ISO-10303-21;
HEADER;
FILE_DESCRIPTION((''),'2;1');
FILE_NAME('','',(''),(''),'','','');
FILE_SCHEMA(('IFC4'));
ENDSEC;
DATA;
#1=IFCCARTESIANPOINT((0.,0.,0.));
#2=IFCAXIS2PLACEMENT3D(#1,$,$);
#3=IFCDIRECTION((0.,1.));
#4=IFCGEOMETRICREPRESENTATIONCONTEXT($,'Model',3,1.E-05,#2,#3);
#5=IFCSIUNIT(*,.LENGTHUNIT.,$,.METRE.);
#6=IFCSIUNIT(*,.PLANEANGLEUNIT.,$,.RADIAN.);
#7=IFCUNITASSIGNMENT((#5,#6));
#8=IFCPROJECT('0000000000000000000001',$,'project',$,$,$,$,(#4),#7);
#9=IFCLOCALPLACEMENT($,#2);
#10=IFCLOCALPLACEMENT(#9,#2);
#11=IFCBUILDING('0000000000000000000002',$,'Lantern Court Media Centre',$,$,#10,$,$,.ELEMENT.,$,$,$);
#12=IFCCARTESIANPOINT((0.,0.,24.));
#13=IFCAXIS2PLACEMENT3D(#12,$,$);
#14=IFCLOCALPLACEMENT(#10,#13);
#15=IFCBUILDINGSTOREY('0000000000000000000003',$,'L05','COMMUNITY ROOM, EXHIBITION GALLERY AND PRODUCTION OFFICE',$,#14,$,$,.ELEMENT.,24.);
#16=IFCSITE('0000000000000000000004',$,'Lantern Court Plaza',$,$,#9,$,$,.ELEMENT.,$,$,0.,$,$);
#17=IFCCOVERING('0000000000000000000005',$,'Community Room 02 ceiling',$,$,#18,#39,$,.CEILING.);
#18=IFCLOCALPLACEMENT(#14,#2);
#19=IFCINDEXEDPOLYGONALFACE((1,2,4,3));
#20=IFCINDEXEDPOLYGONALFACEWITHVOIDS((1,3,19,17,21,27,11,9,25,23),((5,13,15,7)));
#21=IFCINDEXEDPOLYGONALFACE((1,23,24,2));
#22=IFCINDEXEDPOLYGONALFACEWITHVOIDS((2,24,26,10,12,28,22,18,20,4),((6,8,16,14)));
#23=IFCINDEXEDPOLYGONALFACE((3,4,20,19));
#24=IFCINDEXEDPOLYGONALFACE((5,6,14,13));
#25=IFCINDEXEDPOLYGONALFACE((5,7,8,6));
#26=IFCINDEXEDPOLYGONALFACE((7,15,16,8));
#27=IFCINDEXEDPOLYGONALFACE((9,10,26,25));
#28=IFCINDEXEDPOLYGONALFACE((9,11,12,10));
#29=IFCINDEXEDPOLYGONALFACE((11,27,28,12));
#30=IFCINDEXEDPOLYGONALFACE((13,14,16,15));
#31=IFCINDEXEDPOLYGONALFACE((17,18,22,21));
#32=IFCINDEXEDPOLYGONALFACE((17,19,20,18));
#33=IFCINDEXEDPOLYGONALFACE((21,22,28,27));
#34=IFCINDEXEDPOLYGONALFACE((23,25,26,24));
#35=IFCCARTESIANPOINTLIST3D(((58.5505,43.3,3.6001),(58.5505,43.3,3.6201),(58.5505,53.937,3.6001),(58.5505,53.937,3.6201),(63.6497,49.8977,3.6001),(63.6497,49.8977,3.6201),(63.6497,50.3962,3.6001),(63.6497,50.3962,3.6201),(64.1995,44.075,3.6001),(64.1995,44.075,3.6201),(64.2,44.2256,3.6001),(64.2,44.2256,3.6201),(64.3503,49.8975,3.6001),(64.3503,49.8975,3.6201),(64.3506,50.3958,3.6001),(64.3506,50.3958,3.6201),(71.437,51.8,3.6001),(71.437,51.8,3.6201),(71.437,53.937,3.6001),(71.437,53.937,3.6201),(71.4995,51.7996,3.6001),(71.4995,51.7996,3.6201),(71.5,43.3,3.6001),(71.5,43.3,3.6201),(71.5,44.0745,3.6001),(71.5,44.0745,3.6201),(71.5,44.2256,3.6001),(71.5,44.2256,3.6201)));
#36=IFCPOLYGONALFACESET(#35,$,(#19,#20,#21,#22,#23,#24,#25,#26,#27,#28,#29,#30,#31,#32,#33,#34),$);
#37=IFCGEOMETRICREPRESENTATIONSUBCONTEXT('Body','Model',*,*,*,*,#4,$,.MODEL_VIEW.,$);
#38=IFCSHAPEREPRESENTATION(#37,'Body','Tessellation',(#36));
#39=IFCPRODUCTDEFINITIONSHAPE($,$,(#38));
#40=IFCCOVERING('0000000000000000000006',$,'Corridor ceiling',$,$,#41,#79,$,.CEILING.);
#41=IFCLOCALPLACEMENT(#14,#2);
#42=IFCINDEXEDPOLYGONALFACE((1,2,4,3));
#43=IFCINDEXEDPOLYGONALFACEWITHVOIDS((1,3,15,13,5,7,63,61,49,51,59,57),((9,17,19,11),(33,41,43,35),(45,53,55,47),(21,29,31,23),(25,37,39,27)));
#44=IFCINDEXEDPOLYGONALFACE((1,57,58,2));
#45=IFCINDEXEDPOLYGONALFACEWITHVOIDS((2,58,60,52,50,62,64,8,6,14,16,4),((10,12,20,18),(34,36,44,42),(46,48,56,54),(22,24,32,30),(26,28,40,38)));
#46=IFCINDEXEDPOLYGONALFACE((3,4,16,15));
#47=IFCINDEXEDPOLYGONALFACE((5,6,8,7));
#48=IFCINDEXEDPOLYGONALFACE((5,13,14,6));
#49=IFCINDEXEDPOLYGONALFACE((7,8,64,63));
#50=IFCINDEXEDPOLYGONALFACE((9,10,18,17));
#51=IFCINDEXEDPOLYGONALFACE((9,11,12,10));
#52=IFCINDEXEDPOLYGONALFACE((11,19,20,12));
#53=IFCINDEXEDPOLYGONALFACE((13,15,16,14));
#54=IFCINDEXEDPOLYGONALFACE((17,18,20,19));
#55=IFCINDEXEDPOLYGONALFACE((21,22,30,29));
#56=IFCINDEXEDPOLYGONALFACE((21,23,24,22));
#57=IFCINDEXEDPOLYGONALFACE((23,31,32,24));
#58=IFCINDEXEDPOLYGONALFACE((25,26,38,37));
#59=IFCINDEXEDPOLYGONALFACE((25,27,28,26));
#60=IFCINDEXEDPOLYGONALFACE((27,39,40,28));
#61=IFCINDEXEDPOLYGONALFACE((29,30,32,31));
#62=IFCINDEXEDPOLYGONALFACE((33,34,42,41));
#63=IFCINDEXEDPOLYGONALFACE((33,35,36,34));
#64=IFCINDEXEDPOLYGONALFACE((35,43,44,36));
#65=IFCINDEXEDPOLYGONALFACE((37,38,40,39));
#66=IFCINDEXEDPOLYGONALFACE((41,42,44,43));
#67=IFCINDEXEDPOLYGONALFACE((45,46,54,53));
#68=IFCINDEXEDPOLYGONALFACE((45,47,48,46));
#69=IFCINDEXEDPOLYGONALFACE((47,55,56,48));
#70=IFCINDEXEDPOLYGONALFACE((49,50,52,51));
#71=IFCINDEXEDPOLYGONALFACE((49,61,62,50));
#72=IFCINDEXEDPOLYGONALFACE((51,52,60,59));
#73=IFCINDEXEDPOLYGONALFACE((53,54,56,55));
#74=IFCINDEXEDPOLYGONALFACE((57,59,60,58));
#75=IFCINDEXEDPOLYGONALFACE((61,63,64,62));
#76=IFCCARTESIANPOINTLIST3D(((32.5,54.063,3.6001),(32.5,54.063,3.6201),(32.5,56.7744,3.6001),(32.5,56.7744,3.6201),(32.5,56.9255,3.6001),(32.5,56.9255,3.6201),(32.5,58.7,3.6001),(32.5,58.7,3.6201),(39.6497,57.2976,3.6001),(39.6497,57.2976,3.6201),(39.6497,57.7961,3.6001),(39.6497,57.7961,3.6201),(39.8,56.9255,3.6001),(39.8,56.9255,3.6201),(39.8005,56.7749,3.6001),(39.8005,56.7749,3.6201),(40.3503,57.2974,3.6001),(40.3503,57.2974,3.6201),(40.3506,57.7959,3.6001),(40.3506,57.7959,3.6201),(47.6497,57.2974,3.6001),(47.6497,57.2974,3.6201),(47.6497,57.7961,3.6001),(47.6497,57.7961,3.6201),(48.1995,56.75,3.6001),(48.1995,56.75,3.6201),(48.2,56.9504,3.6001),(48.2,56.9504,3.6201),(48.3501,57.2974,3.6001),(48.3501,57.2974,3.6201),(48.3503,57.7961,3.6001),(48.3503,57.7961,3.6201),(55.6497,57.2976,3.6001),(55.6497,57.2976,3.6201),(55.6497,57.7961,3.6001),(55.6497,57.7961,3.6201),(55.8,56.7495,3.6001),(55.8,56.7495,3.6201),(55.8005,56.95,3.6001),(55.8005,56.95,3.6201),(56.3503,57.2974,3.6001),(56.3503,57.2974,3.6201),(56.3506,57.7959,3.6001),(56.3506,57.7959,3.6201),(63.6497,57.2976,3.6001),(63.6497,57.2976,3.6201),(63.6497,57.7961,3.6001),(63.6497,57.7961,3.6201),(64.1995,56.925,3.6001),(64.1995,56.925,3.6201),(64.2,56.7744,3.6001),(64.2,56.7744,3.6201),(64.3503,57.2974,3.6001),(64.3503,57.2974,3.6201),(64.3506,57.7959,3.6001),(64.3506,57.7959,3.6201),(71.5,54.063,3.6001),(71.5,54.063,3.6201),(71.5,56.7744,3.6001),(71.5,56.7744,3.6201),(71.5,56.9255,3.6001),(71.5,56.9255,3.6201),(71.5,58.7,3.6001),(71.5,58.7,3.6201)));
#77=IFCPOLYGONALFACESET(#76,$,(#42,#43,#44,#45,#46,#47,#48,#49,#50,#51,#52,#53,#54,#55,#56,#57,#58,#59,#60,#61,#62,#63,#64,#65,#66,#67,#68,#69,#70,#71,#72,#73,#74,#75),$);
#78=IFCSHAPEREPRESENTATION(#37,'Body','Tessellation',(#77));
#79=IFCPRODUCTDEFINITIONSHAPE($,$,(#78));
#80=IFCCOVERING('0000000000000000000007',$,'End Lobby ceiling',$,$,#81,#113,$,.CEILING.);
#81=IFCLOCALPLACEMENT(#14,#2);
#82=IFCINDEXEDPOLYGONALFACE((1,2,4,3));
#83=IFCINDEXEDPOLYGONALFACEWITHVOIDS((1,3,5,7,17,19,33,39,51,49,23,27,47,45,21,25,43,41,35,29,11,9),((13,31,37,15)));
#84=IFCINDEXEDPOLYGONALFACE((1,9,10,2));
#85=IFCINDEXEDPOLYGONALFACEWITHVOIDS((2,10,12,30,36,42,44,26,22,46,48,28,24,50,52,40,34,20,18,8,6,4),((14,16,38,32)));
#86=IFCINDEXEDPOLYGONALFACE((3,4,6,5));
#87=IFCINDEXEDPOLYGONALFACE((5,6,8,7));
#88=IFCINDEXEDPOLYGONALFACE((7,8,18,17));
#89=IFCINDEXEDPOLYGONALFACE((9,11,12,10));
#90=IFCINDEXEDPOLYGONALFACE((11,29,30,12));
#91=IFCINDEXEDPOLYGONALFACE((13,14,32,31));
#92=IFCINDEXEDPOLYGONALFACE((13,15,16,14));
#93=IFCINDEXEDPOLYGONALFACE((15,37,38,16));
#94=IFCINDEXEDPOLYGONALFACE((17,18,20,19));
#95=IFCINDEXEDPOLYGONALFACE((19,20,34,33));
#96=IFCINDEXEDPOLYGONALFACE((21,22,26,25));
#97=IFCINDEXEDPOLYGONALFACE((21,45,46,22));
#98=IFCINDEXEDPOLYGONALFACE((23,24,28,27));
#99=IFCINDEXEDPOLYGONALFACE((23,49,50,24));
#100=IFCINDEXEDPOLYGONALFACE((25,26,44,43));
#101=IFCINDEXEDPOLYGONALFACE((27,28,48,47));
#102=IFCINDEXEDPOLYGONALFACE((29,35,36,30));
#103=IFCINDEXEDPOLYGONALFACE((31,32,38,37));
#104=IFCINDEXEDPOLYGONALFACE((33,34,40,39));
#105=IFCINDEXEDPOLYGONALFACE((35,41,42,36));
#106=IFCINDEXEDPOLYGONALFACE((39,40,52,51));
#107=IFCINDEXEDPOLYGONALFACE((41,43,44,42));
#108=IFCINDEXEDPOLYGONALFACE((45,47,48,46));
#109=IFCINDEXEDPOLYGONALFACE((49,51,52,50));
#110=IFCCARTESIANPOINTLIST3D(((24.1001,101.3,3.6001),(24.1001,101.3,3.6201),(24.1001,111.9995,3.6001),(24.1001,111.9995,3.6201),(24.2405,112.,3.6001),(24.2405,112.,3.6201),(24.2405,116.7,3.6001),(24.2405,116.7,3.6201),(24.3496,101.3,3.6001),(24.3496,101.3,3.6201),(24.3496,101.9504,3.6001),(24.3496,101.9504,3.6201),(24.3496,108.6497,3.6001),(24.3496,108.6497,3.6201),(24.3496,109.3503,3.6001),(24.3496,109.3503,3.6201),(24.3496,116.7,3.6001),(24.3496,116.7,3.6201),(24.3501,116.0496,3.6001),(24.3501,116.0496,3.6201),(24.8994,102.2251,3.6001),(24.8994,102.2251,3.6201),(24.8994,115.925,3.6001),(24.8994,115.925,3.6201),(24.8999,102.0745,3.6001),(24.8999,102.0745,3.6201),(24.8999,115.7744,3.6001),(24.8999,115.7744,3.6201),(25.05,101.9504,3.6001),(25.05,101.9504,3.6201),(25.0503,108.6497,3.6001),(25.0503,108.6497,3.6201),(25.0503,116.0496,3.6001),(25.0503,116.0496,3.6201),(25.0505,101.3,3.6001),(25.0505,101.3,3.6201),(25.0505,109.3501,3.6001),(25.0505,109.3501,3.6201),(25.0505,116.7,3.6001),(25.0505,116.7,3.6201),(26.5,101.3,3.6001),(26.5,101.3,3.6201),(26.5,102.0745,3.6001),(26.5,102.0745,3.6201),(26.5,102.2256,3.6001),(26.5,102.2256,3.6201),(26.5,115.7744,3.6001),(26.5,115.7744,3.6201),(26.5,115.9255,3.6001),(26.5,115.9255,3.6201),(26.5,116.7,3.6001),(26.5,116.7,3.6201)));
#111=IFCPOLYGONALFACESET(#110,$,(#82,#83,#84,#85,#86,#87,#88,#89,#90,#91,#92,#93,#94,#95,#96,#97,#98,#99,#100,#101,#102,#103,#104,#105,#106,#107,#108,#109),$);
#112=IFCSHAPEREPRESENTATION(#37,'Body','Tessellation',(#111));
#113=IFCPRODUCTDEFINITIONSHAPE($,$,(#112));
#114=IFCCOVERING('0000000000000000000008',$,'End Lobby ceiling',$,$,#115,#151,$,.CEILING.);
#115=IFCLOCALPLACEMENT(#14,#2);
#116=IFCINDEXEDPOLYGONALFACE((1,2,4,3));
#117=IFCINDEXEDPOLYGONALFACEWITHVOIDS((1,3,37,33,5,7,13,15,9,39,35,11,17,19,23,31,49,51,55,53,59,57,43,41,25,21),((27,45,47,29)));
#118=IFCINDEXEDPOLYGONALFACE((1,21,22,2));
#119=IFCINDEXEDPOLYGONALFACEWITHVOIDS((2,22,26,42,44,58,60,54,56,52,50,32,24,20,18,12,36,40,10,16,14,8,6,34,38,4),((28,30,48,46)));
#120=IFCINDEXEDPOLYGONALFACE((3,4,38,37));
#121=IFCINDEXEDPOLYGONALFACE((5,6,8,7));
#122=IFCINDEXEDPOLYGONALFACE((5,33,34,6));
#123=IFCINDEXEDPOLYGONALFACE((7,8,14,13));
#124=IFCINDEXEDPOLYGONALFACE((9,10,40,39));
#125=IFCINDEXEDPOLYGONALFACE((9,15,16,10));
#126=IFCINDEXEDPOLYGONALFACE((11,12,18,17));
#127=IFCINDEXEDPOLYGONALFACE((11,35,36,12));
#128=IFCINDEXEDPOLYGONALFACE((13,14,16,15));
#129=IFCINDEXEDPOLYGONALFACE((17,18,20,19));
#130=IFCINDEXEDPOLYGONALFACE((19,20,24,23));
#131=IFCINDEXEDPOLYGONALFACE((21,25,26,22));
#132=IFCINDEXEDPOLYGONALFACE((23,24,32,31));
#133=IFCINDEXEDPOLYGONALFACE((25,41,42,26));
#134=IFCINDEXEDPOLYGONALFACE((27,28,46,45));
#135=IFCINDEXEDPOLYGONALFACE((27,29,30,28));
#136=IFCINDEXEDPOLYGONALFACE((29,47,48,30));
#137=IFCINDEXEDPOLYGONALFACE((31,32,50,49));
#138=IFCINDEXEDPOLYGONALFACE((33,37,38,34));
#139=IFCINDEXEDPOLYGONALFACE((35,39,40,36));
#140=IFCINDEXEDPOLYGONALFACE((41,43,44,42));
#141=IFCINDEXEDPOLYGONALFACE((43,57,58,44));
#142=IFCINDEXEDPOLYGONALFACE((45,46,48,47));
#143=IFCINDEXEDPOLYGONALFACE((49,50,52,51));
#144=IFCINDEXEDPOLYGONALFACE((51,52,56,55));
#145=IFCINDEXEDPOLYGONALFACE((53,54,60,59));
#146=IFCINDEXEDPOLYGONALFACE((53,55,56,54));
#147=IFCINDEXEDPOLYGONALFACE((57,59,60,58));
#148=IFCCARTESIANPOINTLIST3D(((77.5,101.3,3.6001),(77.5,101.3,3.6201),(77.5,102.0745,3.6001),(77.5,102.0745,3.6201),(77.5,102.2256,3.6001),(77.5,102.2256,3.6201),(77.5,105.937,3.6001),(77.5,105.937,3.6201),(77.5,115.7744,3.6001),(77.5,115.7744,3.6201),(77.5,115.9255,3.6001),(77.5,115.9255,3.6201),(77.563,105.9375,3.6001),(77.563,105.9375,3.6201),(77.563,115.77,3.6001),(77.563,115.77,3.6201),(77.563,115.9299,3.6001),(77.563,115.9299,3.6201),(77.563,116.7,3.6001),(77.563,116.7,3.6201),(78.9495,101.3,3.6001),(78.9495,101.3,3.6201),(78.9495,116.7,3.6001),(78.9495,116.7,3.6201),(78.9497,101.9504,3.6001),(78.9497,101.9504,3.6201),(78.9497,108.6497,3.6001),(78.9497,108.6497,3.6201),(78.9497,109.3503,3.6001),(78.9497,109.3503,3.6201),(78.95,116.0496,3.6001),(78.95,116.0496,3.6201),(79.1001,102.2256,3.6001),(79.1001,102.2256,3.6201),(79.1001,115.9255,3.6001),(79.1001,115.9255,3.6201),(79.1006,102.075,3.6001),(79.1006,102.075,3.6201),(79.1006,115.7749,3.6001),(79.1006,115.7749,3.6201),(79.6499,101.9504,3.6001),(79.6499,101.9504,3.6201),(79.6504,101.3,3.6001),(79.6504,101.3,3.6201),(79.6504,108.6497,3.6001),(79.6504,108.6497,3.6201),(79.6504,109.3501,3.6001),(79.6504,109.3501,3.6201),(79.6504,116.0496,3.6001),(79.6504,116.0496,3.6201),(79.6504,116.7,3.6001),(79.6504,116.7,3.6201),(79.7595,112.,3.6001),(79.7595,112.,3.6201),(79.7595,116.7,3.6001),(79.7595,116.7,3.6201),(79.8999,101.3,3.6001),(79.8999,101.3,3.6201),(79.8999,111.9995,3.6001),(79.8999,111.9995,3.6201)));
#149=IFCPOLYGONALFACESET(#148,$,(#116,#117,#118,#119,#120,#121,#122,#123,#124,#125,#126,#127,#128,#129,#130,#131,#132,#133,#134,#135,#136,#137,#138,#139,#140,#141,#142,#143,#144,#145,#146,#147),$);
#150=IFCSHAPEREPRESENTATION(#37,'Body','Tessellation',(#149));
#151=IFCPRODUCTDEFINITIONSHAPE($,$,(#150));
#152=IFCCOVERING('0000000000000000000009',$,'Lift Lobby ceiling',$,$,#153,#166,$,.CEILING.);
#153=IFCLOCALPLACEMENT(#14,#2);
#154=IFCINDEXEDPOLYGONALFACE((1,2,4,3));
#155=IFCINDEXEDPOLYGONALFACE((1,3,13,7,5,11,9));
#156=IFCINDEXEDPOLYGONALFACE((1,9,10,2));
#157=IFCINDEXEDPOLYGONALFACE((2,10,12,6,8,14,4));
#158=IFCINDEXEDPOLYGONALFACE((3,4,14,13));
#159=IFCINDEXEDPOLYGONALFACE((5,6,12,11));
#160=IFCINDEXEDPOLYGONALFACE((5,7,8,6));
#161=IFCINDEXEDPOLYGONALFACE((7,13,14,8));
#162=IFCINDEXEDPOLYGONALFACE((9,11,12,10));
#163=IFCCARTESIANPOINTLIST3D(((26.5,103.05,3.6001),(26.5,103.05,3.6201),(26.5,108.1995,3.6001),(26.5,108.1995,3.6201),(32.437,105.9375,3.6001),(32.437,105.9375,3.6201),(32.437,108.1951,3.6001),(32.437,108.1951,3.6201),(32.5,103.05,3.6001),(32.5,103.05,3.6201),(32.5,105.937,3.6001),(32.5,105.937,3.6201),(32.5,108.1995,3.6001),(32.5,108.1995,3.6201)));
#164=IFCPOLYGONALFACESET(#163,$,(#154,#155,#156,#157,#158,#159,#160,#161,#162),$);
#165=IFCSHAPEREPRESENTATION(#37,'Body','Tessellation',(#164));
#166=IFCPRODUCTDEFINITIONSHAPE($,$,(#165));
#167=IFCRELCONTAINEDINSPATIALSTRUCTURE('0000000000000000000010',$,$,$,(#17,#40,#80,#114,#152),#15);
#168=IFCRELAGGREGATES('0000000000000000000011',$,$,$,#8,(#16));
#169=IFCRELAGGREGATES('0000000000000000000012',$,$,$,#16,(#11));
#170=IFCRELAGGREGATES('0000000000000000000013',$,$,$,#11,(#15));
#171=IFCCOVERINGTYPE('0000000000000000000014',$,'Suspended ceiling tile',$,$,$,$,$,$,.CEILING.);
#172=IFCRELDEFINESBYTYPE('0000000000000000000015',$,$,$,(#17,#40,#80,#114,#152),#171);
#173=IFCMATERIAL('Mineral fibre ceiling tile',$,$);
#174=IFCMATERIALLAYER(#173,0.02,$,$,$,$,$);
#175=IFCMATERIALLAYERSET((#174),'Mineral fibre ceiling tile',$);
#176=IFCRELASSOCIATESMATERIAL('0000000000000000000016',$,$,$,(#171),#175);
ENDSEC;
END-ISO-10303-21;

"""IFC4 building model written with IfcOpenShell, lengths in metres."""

from ifc_helpers import new_model, si_unit, direction, frame, origin, place, context, subcontext, project, spatial, polyline, outline, extrude, material, layer, layer_set, type_object, element, save


model = new_model("IFC4")

# Units and contexts
model_context = context("Model", 3, precision=1e-05, world=origin(), true_north=direction((0.0, 1.0)))
body_context = subcontext(model_context, "Body", "Model", "MODEL_VIEW")
ifc_project = project(units=[si_unit("LENGTHUNIT", "METRE"), si_unit("PLANEANGLEUNIT", "RADIAN")], contexts=[model_context])

# Site, building, storey
site_placement = place(None, origin())
site = spatial("IfcSite", under=ifc_project, at=site_placement, Name="Lantern Court Plaza", CompositionType="ELEMENT", RefElevation=0.0)
building_placement = place(site_placement, origin())
building = spatial("IfcBuilding", under=site, at=building_placement, Name="Lantern Court Media Centre", CompositionType="ELEMENT")
storey_placement = place(building_placement, frame((0.0, 0.0, 24.0)))
storey = spatial("IfcBuildingStorey", under=building, at=storey_placement, Name="L05", Description="COMMUNITY ROOM, EXHIBITION GALLERY AND PRODUCTION OFFICE", CompositionType="ELEMENT", Elevation=24.0)

# Coverings
ifc_material_1 = material(Name="Mineral fibre ceiling tile")
ifc_layer_1 = layer(ifc_material_1, 0.02)
ifc_layer_set_1 = layer_set([ifc_layer_1], Name="Mineral fibre ceiling tile")
covering_type_1 = type_object("IfcCoveringType", Name="Suspended ceiling tile", PredefinedType="CEILING", material=ifc_layer_set_1)
covering_1_placement = place(storey_placement, frame((0.0, 0.0, 3.6001)))
element("IfcCovering", 1, at=covering_1_placement, inside=storey, type_object=covering_type_1, Name="Community Room 02 ceiling", PredefinedType="CEILING", context=body_context, shape_type="SweptSolid", body=[
    extrude(outline(polyline([(71.5, 43.3), (58.5505, 43.3), (58.5505, 53.937), (71.437, 53.937), (71.437, 51.8), (71.4995, 51.7996), (71.5, 44.2256), (64.2, 44.2256), (64.1995, 44.075), (71.5, 44.0745), (71.5, 43.3)]), holes=[polyline([(64.3506, 50.3958), (63.6497, 50.3962), (63.6497, 49.8977), (64.3503, 49.8975), (64.3506, 50.3958)])]), origin(), (0.0, 0.0, 1.0), 0.02),
])
covering_2_placement = place(storey_placement, frame((0.0, 0.0, 3.6001)))
element("IfcCovering", 2, at=covering_2_placement, inside=storey, type_object=covering_type_1, Name="Corridor ceiling", PredefinedType="CEILING", context=body_context, shape_type="SweptSolid", body=[
    extrude(outline(polyline([(71.5, 54.063), (32.5, 54.063), (32.5, 56.7744), (39.8005, 56.7749), (39.8, 56.9255), (32.5, 56.9255), (32.5, 58.7), (71.5, 58.7), (71.5, 56.9255), (64.1995, 56.925), (64.2, 56.7744), (71.5, 56.7744), (71.5, 54.063)]), holes=[polyline([(64.3506, 57.7959), (63.6497, 57.7961), (63.6497, 57.2976), (64.3503, 57.2974), (64.3506, 57.7959)]), polyline([(56.3506, 57.7959), (55.6497, 57.7961), (55.6497, 57.2976), (56.3503, 57.2974), (56.3506, 57.7959)]), polyline([(48.1995, 56.75), (55.8, 56.7495), (55.8005, 56.95), (48.2, 56.9504), (48.1995, 56.75)]), polyline([(48.3501, 57.2974), (48.3503, 57.7961), (47.6497, 57.7961), (47.6497, 57.2974), (48.3501, 57.2974)]), polyline([(40.3506, 57.7959), (39.6497, 57.7961), (39.6497, 57.2976), (40.3503, 57.2974), (40.3506, 57.7959)])]), origin(), (0.0, 0.0, 1.0), 0.02),
])
covering_3_placement = place(storey_placement, frame((0.0, 0.0, 3.6001)))
element("IfcCovering", 3, at=covering_3_placement, inside=storey, type_object=covering_type_1, Name="End Lobby ceiling", PredefinedType="CEILING", context=body_context, shape_type="SweptSolid", body=[
    extrude(outline(polyline([(26.5, 101.3), (25.0505, 101.3), (25.05, 101.9504), (24.3496, 101.9504), (24.3496, 101.3), (24.1001, 101.3), (24.1001, 111.9995), (24.2405, 112.0), (24.2405, 116.7), (24.3496, 116.7), (24.3501, 116.0496), (25.0503, 116.0496), (25.0505, 116.7), (26.5, 116.7), (26.5, 115.9255), (24.8994, 115.925), (24.8999, 115.7744), (26.5, 115.7744), (26.5, 102.2256), (24.8994, 102.2251), (24.8999, 102.0745), (26.5, 102.0745), (26.5, 101.3)]), holes=[polyline([(25.0505, 109.3501), (24.3496, 109.3503), (24.3496, 108.6497), (25.0503, 108.6497), (25.0505, 109.3501)])]), origin(), (0.0, 0.0, 1.0), 0.02),
])
covering_4_placement = place(storey_placement, frame((0.0, 0.0, 3.6001)))
element("IfcCovering", 4, at=covering_4_placement, inside=storey, type_object=covering_type_1, Name="End Lobby ceiling", PredefinedType="CEILING", context=body_context, shape_type="SweptSolid", body=[
    extrude(outline(polyline([(79.8999, 101.3), (79.6504, 101.3), (79.6499, 101.9504), (78.9497, 101.9504), (78.9495, 101.3), (77.5, 101.3), (77.5, 102.0745), (79.1006, 102.075), (79.1001, 102.2256), (77.5, 102.2256), (77.5, 105.937), (77.563, 105.9375), (77.563, 115.77), (77.5, 115.7744), (79.1006, 115.7749), (79.1001, 115.9255), (77.5, 115.9255), (77.563, 115.9299), (77.563, 116.7), (78.9495, 116.7), (78.95, 116.0496), (79.6504, 116.0496), (79.6504, 116.7), (79.7595, 116.7), (79.7595, 112.0), (79.8999, 111.9995), (79.8999, 101.3)]), holes=[polyline([(79.6504, 109.3501), (78.9497, 109.3503), (78.9497, 108.6497), (79.6504, 108.6497), (79.6504, 109.3501)])]), origin(), (0.0, 0.0, 1.0), 0.02),
])
covering_5_placement = place(storey_placement, frame((0.0, 0.0, 3.6001)))
element("IfcCovering", 5, at=covering_5_placement, inside=storey, type_object=covering_type_1, Name="Lift Lobby ceiling", PredefinedType="CEILING", context=body_context, shape_type="SweptSolid", body=[
    extrude(outline(polyline([(32.5, 103.05), (26.5, 103.05), (26.5, 108.1995), (32.5, 108.1995), (32.437, 108.1951), (32.437, 105.9375), (32.5, 105.937), (32.5, 103.05)])), origin(), (0.0, 0.0, 1.0), 0.02),
])

save(model, "model.ifc")
